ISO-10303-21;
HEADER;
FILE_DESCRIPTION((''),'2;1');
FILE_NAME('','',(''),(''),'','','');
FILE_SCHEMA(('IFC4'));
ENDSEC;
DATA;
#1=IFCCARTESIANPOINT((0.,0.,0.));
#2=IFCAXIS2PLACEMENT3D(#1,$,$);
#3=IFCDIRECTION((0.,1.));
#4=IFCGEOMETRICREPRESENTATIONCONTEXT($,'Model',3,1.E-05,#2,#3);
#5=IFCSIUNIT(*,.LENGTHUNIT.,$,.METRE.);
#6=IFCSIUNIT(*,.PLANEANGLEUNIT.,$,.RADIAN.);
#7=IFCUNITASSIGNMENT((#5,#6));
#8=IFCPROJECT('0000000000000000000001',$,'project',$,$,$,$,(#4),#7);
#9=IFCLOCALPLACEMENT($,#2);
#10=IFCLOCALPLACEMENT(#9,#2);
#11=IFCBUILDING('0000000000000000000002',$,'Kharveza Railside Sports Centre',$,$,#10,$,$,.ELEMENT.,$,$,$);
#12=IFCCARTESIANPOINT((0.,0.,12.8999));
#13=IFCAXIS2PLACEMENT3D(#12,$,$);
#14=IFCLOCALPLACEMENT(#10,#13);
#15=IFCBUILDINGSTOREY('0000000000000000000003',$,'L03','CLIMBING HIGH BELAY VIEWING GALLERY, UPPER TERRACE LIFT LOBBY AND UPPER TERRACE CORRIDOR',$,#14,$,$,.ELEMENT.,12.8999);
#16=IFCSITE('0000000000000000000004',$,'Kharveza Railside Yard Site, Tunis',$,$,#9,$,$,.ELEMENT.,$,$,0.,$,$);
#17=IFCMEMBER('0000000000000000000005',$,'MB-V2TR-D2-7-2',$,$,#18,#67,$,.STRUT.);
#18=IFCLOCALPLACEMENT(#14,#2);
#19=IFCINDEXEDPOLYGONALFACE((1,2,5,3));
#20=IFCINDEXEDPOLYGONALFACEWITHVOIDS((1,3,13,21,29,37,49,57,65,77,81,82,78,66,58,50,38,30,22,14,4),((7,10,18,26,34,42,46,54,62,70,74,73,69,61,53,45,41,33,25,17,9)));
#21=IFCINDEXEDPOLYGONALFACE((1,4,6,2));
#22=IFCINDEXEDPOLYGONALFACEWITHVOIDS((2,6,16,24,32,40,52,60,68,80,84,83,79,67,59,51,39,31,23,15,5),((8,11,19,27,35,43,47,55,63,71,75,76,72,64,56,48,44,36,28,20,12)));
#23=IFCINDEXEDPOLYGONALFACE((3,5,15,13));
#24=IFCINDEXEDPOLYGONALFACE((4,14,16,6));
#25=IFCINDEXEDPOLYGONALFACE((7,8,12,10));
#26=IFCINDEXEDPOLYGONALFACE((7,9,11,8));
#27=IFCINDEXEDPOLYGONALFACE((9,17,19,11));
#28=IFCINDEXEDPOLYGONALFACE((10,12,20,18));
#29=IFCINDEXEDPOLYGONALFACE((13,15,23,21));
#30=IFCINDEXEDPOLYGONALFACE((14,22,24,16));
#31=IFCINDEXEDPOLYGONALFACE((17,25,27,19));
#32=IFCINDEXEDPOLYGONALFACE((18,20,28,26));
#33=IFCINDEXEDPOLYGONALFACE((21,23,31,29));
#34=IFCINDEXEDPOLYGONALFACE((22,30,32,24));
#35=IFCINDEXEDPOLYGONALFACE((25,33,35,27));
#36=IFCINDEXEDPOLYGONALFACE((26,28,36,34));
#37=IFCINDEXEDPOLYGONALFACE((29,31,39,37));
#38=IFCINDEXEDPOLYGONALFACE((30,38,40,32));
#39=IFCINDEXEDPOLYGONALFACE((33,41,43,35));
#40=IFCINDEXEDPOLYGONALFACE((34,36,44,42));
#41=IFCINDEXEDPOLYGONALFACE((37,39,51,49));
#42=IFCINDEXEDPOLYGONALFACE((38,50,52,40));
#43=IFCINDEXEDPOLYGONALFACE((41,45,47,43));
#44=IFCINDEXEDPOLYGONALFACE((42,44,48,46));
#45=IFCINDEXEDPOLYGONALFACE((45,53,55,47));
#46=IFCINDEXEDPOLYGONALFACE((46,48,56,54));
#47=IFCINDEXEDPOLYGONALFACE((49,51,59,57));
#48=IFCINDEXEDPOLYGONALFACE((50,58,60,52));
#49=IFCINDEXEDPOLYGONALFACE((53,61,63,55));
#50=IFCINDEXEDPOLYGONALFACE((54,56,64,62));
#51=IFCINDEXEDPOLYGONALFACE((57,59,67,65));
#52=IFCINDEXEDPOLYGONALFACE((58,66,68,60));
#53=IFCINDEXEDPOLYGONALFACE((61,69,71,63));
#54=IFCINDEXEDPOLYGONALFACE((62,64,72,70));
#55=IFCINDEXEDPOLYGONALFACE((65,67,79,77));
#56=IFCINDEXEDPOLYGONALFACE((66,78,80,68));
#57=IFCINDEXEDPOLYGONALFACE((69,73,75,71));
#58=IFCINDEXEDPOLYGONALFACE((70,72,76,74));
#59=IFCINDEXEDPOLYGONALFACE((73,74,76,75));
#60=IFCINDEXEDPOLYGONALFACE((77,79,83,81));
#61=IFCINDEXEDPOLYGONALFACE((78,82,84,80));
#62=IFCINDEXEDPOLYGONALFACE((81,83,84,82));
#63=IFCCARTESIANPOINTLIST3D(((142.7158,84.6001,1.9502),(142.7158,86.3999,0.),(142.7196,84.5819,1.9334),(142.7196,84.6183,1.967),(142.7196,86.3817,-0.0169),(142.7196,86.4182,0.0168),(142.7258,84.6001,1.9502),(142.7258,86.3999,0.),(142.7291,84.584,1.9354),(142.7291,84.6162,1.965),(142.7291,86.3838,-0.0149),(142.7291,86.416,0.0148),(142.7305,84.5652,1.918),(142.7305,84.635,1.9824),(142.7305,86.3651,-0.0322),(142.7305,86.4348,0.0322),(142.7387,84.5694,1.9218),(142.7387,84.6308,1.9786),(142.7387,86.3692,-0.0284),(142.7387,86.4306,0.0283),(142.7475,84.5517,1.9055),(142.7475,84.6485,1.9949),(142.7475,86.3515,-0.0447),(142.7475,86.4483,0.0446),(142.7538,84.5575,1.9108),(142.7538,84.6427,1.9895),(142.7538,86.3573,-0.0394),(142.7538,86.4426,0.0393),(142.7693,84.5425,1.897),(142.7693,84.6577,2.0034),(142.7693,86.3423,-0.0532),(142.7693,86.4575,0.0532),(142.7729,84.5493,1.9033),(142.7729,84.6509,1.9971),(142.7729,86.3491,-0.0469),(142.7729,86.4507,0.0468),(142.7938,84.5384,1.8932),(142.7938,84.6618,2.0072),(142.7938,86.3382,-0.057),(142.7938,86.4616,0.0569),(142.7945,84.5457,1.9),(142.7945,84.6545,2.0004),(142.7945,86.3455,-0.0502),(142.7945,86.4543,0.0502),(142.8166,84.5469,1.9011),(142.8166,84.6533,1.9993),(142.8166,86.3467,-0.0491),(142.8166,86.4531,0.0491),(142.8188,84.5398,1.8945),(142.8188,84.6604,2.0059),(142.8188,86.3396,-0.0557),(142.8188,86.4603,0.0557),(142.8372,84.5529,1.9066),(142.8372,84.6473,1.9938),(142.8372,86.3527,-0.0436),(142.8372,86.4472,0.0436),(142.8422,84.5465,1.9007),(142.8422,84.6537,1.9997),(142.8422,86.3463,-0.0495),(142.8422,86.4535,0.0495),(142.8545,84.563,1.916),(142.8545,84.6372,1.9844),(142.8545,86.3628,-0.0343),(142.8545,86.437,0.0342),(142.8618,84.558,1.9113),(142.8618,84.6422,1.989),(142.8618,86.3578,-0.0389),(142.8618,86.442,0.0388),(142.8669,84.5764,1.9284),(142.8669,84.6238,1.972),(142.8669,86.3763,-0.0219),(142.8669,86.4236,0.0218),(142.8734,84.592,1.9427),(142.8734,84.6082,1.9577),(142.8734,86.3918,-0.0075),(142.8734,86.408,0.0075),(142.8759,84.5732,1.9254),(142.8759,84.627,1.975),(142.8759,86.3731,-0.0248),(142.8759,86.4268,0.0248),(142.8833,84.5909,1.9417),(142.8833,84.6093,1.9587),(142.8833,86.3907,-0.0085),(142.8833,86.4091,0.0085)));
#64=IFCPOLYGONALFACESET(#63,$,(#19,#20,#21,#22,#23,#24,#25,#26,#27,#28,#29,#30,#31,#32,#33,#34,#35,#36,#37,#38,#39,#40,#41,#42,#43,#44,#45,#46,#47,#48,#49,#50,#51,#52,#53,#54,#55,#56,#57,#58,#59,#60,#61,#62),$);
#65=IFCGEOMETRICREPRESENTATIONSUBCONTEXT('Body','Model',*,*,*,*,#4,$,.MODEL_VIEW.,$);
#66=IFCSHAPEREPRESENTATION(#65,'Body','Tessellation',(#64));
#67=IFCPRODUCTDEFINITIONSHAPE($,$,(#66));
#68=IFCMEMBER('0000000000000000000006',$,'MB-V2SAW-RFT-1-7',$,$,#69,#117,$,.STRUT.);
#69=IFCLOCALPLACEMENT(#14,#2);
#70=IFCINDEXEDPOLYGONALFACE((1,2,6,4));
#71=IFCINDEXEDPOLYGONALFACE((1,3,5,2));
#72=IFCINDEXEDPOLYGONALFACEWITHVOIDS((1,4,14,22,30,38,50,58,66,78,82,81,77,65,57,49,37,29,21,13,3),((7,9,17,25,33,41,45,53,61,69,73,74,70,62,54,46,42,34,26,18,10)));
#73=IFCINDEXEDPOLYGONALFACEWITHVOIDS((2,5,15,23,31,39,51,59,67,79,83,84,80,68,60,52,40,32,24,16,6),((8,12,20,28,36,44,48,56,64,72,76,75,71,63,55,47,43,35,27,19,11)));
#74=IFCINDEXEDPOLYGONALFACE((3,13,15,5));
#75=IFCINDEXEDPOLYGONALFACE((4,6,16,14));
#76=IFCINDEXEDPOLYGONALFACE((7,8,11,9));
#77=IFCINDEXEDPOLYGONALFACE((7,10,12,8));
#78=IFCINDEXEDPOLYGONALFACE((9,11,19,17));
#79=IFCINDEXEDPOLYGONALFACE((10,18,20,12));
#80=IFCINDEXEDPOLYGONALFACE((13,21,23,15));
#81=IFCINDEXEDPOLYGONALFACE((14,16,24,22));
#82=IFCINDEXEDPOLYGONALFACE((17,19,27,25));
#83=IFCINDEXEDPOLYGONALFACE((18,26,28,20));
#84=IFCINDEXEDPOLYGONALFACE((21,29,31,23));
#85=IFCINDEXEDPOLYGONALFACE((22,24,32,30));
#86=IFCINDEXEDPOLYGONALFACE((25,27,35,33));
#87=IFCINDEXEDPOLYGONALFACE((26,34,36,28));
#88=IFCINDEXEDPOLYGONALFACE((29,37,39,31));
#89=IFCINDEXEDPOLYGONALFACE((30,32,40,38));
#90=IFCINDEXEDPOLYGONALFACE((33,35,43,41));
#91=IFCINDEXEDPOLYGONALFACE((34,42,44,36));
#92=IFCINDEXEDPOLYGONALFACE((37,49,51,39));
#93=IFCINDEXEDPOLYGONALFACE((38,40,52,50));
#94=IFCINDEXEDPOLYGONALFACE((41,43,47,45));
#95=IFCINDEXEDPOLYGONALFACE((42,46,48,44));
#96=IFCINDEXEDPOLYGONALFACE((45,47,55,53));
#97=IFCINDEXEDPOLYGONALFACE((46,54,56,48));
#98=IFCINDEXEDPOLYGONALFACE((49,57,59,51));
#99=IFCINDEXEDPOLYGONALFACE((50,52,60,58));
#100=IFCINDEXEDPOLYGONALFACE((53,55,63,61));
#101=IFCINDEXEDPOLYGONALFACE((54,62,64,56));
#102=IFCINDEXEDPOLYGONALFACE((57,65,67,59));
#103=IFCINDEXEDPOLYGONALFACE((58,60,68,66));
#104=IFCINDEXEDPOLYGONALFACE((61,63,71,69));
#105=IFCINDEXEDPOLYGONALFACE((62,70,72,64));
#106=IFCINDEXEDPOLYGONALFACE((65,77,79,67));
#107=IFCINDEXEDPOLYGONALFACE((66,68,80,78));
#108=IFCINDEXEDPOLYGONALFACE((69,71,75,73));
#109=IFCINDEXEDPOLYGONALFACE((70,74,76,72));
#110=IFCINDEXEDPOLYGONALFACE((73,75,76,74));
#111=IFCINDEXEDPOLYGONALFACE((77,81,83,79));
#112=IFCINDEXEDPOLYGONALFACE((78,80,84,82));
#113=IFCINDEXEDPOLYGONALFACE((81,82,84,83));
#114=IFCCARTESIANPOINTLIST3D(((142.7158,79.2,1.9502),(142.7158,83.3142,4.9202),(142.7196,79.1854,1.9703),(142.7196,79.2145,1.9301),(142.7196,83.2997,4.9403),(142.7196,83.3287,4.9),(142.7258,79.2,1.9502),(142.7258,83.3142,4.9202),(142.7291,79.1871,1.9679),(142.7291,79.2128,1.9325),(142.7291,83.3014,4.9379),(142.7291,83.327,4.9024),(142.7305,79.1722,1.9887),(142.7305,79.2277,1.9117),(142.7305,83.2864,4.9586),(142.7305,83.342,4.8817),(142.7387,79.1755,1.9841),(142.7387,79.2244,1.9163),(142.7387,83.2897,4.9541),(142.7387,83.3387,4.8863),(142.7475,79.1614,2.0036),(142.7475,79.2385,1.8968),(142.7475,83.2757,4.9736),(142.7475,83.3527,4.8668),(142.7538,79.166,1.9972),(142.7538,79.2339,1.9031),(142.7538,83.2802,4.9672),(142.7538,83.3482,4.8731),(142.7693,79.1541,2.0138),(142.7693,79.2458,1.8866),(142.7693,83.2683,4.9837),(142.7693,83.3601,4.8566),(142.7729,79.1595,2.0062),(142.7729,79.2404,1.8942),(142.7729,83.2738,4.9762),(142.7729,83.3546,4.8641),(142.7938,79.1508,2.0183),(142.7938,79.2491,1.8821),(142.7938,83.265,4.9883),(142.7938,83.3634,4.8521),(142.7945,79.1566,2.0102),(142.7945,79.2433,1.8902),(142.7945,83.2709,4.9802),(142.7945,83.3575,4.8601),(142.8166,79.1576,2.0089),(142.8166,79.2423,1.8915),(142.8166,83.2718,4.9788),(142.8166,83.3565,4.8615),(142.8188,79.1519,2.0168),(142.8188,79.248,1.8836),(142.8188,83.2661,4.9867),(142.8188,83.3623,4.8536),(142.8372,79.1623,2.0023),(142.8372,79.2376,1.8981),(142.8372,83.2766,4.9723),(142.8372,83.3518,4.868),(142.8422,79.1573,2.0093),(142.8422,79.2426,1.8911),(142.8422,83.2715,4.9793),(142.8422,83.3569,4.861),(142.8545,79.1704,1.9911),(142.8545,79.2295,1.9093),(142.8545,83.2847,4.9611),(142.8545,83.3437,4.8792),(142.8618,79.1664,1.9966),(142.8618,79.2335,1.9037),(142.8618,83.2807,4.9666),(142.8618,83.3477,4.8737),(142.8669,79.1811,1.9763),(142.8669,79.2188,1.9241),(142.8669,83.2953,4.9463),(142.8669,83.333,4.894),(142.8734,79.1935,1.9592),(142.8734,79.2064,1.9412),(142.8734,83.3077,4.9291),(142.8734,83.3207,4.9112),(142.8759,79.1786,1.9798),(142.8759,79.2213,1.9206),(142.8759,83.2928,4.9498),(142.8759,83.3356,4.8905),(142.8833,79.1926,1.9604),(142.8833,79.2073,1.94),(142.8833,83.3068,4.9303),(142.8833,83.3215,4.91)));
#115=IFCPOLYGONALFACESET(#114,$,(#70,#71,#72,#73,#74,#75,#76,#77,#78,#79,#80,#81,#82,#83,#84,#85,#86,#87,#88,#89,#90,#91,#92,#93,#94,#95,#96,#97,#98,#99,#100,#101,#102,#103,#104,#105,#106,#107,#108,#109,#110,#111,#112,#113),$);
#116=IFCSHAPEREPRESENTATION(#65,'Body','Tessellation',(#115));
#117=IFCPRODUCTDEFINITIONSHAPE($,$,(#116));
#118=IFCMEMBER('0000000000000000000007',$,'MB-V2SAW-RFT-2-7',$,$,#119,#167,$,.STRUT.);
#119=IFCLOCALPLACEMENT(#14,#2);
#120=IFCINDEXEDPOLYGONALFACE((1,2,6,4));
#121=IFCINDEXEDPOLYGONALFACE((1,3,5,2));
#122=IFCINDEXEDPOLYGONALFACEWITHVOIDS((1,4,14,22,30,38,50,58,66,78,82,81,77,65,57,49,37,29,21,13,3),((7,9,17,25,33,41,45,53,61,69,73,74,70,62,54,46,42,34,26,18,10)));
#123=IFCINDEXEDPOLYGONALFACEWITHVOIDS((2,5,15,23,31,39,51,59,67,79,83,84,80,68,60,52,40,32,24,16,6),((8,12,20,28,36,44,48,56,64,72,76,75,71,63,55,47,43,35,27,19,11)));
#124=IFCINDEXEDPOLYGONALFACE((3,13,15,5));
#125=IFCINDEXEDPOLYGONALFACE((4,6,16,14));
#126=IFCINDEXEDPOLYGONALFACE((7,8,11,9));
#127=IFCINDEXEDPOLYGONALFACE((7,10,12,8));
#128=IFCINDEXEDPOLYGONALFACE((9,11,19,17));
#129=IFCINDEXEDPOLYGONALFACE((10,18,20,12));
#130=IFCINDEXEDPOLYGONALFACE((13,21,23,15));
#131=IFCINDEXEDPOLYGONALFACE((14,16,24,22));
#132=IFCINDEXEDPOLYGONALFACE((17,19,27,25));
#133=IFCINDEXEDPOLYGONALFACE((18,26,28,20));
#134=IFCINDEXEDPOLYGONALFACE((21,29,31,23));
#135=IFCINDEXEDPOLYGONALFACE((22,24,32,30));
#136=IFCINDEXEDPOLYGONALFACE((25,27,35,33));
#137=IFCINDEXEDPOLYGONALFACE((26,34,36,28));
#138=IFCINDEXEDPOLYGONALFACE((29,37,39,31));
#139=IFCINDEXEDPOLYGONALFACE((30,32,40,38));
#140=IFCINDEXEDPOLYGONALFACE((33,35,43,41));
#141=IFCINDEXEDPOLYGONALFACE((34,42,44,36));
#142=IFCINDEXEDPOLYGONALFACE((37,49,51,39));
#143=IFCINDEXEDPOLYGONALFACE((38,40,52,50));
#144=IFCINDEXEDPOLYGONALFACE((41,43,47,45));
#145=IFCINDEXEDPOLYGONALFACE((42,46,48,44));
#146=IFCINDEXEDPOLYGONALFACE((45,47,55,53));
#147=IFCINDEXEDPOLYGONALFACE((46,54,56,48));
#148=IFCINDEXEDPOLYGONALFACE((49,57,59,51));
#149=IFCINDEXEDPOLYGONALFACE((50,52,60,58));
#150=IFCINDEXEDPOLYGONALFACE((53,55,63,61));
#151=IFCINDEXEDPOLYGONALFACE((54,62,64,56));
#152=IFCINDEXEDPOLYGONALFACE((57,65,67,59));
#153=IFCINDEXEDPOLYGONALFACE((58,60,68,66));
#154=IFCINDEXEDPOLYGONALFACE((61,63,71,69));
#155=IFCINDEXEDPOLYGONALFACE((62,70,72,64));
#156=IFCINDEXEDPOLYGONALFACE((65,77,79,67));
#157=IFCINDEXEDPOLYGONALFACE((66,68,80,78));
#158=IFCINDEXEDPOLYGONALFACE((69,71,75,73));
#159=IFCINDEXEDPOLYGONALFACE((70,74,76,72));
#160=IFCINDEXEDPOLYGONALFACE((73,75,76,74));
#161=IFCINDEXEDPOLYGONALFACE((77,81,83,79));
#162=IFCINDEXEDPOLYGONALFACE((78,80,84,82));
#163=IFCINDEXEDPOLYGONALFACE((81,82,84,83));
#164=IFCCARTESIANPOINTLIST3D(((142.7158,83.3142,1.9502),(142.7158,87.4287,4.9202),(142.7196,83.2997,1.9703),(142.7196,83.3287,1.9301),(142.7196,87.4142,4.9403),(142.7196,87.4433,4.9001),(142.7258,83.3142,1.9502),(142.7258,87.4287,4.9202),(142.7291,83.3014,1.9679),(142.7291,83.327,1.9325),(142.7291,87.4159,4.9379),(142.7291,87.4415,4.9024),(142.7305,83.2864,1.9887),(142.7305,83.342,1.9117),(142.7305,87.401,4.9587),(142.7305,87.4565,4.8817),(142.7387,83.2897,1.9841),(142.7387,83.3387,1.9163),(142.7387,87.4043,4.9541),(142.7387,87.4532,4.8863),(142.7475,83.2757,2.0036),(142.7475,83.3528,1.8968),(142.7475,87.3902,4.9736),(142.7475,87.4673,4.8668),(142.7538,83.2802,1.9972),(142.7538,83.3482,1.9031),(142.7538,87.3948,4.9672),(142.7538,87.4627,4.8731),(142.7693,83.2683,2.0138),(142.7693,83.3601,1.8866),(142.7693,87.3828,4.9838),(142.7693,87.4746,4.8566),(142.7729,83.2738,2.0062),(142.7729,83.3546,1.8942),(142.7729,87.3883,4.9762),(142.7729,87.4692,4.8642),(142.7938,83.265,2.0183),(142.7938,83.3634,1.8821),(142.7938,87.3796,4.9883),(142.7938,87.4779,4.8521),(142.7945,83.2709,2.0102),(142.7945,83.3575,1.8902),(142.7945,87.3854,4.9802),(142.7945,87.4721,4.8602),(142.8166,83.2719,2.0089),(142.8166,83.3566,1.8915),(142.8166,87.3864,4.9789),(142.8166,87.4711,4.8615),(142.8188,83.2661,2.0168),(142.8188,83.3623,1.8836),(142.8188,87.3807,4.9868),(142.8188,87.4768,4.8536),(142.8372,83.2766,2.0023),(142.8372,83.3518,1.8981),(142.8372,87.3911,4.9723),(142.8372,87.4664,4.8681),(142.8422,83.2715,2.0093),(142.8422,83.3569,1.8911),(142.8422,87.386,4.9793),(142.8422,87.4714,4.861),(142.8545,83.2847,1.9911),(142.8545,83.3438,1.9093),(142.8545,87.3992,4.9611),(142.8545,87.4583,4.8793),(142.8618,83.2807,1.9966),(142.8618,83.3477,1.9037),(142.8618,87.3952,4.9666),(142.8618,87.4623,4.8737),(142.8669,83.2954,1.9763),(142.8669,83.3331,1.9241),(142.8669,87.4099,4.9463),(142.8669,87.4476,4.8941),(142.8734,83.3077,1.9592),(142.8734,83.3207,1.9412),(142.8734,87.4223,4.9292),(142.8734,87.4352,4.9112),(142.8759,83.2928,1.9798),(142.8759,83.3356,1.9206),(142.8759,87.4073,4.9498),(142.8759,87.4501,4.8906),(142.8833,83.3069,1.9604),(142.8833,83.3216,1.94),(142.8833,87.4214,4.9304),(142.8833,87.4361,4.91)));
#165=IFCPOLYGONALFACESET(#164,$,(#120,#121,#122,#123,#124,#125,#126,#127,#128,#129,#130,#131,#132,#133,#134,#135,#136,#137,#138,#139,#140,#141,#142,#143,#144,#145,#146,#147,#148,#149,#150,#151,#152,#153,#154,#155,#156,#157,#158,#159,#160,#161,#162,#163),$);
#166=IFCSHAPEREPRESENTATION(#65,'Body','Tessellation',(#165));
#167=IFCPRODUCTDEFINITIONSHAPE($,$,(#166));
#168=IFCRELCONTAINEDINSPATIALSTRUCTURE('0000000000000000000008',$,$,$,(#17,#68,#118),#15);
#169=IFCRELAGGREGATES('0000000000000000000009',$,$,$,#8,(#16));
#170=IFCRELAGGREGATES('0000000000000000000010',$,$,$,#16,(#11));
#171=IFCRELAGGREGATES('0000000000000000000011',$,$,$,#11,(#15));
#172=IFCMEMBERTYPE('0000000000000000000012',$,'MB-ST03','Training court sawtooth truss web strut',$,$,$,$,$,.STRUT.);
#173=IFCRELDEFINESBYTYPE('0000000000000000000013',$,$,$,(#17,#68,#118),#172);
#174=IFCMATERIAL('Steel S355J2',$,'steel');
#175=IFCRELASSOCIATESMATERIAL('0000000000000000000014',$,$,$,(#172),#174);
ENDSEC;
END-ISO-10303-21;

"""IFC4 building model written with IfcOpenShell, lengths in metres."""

from ifc_helpers import new_model, si_unit, direction, frame, origin, origin_2d, place, context, subcontext, project, spatial, hollow_circle, extrude, material, material_profile, profile_set, type_object, element, save


model = new_model("IFC4")

# Units and contexts
model_context = context("Model", 3, precision=1e-05, world=origin(), true_north=direction((0.0, 1.0)))
body_context = subcontext(model_context, "Body", "Model", "MODEL_VIEW")
ifc_project = project(units=[si_unit("LENGTHUNIT", "METRE"), si_unit("PLANEANGLEUNIT", "RADIAN")], contexts=[model_context])

# Site, building, storey
site_placement = place(None, origin())
site = spatial("IfcSite", under=ifc_project, at=site_placement, Name="Kharveza Railside Yard Site, Tunis", CompositionType="ELEMENT", RefElevation=0.0)
building_placement = place(site_placement, origin())
building = spatial("IfcBuilding", under=site, at=building_placement, Name="Kharveza Railside Sports Centre", CompositionType="ELEMENT")
storey_placement = place(building_placement, frame((0.0, 0.0, 12.8999)))
storey = spatial("IfcBuildingStorey", under=building, at=storey_placement, Name="L03", Description="CLIMBING HIGH BELAY VIEWING GALLERY, UPPER TERRACE LIFT LOBBY AND UPPER TERRACE CORRIDOR", CompositionType="ELEMENT", Elevation=12.8999)

# Shared definitions
ifc_material_1 = material(Name="Steel S355J2", Category="steel")

# Members
ifc_material_profile_1 = material_profile(ifc_material_1, hollow_circle(Radius=0.0842, WallThickness=0.01, at=origin_2d()), Name="CHS 168.3x10.0")
ifc_profile_set_1 = profile_set([ifc_material_profile_1], Name="Steel S355J2")
member_type_1 = type_object("IfcMemberType", Name="MB-ST03", Description="Training court sawtooth truss web strut", PredefinedType="STRUT", material=ifc_profile_set_1)
member_1_placement = place(storey_placement, frame((142.8, 84.6001, 1.9502), z_axis=(0.0, 0.678204, -0.734874), x_axis=(-1.0, 0.0, 0.0)))
element("IfcMember", 1, at=member_1_placement, inside=storey, type_object=member_type_1, Name="MB-V2TR-D2-7-2", PredefinedType="STRUT", context=body_context, shape_type="SweptSolid", body=[
    extrude(hollow_circle(Radius=0.0842, WallThickness=0.01, at=origin_2d()), origin(), (0.0, 0.0, 1.0), 2.6538),
])
member_2_placement = place(storey_placement, frame((142.8, 79.2, 1.9502), z_axis=(0.0, 0.810814, 0.585304), x_axis=(-1.0, 0.0, 0.0)))
element("IfcMember", 2, at=member_2_placement, inside=storey, type_object=member_type_1, Name="MB-V2SAW-RFT-1-7", PredefinedType="STRUT", context=body_context, shape_type="SweptSolid", body=[
    extrude(hollow_circle(Radius=0.0842, WallThickness=0.01, at=origin_2d()), origin(), (0.0, 0.0, 1.0), 5.0742),
])
member_3_placement = place(storey_placement, frame((142.8, 83.3142, 1.9502), z_axis=(0.0, 0.81083, 0.585281), x_axis=(-1.0, 0.0, 0.0)))
element("IfcMember", 3, at=member_3_placement, inside=storey, type_object=member_type_1, Name="MB-V2SAW-RFT-2-7", PredefinedType="STRUT", context=body_context, shape_type="SweptSolid", body=[
    extrude(hollow_circle(Radius=0.0842, WallThickness=0.01, at=origin_2d()), origin(), (0.0, 0.0, 1.0), 5.0745),
])

save(model, "model.ifc")
